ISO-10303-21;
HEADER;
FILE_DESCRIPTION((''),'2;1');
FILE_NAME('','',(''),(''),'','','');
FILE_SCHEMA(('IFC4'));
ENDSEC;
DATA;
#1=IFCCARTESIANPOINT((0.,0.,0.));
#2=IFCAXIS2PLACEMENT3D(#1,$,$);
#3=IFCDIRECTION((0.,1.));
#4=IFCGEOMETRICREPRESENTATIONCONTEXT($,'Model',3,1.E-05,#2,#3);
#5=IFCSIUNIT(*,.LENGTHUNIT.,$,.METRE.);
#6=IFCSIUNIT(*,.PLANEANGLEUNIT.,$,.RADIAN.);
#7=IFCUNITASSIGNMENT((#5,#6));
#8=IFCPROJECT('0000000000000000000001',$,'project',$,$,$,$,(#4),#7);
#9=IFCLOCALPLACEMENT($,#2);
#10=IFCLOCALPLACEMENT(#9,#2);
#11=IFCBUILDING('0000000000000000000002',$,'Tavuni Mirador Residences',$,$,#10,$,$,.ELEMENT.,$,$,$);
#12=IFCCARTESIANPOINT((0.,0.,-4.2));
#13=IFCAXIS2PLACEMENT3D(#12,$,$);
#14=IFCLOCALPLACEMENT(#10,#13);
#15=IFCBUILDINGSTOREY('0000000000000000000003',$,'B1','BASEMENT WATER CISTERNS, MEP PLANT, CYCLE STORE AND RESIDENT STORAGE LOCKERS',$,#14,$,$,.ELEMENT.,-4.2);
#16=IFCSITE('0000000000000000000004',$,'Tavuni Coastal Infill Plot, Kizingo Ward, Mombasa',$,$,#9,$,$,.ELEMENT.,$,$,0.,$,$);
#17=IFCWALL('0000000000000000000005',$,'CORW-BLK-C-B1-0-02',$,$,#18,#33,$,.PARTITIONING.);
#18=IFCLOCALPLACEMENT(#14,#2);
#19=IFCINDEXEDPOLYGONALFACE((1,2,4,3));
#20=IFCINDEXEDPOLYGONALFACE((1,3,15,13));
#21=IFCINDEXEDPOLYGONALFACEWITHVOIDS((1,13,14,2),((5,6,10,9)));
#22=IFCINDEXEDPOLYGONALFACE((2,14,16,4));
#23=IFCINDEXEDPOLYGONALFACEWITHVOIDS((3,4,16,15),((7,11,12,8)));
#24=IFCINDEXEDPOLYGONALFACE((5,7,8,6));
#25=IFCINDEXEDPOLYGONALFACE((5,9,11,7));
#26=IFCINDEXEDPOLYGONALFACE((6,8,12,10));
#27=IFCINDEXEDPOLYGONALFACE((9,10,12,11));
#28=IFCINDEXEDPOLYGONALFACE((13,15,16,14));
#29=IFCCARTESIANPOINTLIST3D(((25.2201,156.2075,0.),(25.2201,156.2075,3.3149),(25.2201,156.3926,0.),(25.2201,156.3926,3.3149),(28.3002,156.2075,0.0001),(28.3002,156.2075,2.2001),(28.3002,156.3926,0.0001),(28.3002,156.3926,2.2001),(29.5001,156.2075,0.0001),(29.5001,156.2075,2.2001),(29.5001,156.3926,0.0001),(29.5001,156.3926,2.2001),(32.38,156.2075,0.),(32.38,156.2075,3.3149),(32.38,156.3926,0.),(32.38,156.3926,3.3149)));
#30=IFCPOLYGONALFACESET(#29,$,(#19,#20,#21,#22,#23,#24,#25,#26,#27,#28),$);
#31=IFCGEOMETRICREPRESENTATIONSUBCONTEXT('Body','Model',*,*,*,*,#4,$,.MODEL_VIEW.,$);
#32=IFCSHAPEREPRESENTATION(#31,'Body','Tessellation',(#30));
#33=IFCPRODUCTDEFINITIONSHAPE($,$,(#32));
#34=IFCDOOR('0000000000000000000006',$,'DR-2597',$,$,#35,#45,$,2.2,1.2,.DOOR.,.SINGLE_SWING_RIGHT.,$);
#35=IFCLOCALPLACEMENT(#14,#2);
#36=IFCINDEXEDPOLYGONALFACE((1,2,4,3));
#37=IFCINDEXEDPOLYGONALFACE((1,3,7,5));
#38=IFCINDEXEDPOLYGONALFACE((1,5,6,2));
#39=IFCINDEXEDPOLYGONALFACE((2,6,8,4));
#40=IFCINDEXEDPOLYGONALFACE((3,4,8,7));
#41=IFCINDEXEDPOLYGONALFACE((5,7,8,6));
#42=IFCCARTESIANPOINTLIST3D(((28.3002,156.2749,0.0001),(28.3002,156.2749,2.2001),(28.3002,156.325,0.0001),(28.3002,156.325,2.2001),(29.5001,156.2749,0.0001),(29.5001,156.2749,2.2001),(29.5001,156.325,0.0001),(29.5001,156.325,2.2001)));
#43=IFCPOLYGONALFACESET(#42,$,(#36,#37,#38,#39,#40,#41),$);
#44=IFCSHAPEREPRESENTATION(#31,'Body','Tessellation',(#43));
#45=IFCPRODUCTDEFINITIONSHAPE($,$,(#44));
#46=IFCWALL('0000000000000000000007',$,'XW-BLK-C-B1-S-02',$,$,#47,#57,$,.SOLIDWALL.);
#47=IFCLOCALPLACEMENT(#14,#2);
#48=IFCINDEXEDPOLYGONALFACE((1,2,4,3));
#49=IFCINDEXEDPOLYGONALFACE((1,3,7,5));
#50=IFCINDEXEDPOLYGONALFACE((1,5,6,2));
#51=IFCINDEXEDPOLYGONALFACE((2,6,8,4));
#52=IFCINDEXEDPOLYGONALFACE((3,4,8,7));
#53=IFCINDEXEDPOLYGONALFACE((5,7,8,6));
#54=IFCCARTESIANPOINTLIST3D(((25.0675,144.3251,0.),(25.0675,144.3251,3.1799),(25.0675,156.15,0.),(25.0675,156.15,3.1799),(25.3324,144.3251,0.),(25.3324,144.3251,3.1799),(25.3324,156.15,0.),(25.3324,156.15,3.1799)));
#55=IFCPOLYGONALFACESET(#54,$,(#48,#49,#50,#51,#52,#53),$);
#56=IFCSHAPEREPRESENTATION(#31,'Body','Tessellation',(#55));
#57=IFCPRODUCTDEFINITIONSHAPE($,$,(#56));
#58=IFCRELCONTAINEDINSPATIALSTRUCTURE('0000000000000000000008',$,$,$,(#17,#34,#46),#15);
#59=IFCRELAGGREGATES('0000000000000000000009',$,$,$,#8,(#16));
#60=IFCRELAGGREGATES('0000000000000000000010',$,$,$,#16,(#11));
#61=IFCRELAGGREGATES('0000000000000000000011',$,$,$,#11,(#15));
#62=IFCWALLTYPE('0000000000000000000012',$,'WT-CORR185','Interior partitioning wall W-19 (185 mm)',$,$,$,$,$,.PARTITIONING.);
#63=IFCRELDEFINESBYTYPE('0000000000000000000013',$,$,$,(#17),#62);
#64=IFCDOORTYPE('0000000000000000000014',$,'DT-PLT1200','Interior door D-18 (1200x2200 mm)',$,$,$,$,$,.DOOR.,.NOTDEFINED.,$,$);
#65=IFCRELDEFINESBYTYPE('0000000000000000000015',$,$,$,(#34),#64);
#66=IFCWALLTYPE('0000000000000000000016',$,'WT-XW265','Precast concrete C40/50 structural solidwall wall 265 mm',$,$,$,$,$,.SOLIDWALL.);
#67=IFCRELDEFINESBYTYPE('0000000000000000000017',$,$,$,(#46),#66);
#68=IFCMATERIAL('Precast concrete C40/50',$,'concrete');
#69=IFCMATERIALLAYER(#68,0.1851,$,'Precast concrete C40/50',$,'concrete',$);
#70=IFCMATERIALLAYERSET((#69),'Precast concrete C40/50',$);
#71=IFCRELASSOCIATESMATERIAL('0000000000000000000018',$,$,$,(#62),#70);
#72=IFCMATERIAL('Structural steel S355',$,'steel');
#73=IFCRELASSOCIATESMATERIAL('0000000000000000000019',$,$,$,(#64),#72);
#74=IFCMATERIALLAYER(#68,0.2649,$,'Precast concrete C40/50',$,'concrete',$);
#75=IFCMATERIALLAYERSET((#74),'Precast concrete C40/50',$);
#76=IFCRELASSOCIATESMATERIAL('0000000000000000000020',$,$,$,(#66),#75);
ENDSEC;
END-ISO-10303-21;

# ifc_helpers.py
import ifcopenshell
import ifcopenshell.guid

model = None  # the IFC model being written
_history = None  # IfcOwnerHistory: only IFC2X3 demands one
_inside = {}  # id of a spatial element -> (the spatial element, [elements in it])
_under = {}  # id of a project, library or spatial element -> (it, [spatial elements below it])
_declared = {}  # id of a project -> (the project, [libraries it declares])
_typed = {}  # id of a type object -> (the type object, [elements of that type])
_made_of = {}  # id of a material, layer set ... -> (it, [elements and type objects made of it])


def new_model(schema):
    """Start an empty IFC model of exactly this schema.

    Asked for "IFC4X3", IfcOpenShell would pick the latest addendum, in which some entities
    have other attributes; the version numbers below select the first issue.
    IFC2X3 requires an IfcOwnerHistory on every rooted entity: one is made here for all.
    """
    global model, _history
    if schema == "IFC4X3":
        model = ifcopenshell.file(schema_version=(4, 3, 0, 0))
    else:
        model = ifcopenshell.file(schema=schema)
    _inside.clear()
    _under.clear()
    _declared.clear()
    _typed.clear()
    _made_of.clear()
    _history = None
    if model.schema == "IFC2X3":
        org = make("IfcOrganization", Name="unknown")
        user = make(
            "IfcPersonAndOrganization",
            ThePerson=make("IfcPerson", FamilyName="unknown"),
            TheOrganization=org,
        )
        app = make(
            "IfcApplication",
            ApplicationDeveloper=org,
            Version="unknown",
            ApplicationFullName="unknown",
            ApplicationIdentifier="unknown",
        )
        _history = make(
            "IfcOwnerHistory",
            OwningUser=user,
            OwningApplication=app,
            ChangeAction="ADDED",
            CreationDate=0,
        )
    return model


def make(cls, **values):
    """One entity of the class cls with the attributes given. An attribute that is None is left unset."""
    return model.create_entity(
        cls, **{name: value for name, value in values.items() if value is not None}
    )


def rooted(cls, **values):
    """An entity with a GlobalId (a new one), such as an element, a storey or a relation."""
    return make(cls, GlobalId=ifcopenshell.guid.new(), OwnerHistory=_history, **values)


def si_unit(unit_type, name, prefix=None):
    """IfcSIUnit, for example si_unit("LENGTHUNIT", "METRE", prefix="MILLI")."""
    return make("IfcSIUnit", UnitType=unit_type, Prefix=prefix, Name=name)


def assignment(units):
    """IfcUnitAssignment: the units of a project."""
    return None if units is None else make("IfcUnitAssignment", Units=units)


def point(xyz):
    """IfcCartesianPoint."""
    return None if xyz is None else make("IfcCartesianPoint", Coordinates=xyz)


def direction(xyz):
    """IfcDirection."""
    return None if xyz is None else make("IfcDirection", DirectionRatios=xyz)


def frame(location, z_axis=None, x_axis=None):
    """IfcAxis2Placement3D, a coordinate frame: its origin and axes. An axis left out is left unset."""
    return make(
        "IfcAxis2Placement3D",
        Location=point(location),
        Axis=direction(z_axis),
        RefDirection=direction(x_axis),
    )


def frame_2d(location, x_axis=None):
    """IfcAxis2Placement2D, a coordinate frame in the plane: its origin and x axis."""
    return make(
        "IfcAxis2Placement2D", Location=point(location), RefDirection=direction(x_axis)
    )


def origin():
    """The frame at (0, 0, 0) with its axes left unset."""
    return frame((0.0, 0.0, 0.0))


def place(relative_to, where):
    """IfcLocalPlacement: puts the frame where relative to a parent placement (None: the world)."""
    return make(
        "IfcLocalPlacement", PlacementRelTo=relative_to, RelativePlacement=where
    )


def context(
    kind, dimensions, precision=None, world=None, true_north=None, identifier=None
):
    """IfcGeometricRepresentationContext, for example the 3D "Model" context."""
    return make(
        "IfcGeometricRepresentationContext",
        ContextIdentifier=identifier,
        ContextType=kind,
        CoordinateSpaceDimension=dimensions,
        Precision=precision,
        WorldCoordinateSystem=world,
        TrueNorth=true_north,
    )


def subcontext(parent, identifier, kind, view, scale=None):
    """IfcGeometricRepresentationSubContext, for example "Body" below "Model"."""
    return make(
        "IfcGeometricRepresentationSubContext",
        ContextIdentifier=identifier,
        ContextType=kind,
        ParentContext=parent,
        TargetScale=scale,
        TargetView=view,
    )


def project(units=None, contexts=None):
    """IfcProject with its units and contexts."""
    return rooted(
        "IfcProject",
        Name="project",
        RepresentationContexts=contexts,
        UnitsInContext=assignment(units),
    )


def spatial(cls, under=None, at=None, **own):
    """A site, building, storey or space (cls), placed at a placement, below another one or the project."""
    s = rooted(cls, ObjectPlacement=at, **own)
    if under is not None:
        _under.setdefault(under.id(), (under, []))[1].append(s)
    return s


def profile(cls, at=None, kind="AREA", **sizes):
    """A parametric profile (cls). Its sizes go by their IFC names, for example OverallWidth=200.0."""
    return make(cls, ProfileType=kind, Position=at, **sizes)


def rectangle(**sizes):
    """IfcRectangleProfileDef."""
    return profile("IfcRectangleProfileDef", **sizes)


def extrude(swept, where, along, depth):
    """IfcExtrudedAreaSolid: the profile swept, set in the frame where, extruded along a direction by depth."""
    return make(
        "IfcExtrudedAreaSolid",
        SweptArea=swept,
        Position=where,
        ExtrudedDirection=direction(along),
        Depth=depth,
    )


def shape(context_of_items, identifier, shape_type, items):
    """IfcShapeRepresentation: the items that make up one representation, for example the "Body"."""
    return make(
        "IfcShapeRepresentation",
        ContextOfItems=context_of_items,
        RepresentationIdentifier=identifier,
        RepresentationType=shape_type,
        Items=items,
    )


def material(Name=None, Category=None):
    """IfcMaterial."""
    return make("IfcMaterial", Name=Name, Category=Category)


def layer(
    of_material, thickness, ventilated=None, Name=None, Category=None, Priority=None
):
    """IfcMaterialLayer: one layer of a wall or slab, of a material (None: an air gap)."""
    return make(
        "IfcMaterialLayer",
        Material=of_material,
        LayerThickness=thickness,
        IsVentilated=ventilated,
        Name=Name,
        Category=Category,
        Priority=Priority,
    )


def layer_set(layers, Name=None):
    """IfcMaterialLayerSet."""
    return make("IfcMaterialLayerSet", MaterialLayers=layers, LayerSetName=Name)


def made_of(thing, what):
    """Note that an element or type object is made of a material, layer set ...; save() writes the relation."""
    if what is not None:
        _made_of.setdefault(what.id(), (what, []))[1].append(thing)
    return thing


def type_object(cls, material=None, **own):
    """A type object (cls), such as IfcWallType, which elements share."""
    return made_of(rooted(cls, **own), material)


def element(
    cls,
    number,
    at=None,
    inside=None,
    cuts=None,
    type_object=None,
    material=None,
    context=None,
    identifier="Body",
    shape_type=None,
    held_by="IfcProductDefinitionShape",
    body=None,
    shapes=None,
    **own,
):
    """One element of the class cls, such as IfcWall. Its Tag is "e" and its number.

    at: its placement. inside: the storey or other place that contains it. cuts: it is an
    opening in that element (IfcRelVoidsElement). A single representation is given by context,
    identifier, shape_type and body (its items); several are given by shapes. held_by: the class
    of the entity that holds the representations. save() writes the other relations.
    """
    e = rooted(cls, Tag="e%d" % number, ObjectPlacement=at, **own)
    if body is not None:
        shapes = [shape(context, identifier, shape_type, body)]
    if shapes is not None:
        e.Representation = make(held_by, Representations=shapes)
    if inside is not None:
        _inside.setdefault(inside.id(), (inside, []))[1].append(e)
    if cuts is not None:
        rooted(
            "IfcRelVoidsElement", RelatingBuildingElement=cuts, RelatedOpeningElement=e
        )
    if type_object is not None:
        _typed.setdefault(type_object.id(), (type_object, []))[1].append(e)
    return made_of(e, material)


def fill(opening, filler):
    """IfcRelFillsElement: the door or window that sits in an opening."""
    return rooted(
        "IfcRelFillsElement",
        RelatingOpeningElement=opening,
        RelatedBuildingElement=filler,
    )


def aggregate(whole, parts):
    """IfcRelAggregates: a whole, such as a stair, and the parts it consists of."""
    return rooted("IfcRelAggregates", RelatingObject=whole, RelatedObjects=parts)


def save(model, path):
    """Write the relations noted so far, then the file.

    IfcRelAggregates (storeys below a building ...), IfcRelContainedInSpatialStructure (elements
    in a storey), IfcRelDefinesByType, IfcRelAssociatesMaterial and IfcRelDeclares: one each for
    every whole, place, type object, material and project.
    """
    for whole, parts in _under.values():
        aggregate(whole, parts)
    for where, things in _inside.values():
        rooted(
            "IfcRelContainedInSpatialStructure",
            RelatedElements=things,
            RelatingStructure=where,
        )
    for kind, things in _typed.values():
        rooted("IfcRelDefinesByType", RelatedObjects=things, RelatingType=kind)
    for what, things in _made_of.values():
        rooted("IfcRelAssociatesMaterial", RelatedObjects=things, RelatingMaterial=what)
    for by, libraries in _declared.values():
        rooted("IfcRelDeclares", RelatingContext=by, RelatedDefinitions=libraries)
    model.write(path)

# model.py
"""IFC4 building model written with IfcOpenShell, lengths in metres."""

from ifc_helpers import new_model, si_unit, direction, frame, frame_2d, origin, place, context, subcontext, project, spatial, rectangle, extrude, material, layer, layer_set, type_object, element, fill, save


model = new_model("IFC4")

# Units and contexts
model_context = context("Model", 3, precision=1e-05, world=origin(), true_north=direction((0.0, 1.0)))
body_context = subcontext(model_context, "Body", "Model", "MODEL_VIEW")
ifc_project = project(units=[si_unit("LENGTHUNIT", "METRE"), si_unit("PLANEANGLEUNIT", "RADIAN")], contexts=[model_context])

# Site, building, storey
site_placement = place(None, origin())
site = spatial("IfcSite", under=ifc_project, at=site_placement, Name="Tavuni Coastal Infill Plot, Kizingo Ward, Mombasa", CompositionType="ELEMENT", RefElevation=0.0)
building_placement = place(site_placement, origin())
building = spatial("IfcBuilding", under=site, at=building_placement, Name="Tavuni Mirador Residences", CompositionType="ELEMENT")
storey_placement = place(building_placement, frame((0.0, 0.0, -4.2)))
storey = spatial("IfcBuildingStorey", under=building, at=storey_placement, Name="B1", Description="BASEMENT WATER CISTERNS, MEP PLANT, CYCLE STORE AND RESIDENT STORAGE LOCKERS", CompositionType="ELEMENT", Elevation=-4.2)

# Shared definitions
ifc_material_1 = material(Name="Precast concrete C40/50", Category="concrete")

# Wall, opening, door
ifc_layer_1 = layer(ifc_material_1, 0.1851, Name="Precast concrete C40/50", Category="concrete")
ifc_layer_set_1 = layer_set([ifc_layer_1], Name="Precast concrete C40/50")
wall_type_1 = type_object("IfcWallType", Name="WT-CORR185", Description="Interior partitioning wall W-19 (185 mm)", PredefinedType="PARTITIONING", material=ifc_layer_set_1)
ifc_material_2 = material(Name="Structural steel S355", Category="steel")
door_type = type_object("IfcDoorType", Name="DT-PLT1200", Description="Interior door D-18 (1200x2200 mm)", OperationType="NOTDEFINED", PredefinedType="DOOR", material=ifc_material_2)
wall_1_placement = place(storey_placement, frame((25.22, 156.3, 0.0), z_axis=(0.0, 0.0, 1.0), x_axis=(1.0, 0.0, 0.0)))
wall_1 = element("IfcWall", 1, at=wall_1_placement, inside=storey, type_object=wall_type_1, Name="CORW-BLK-C-B1-0-02", PredefinedType="PARTITIONING", context=body_context, shape_type="SweptSolid", body=[
    extrude(rectangle(XDim=7.1599, YDim=0.1851, at=frame_2d((3.5801, 0.0))), origin(), (0.0, 0.0, 1.0), 3.3149),
])
opening_1_placement = place(wall_1_placement, frame((3.0801, 0.0, 0.0)))
opening_1 = element("IfcOpeningElement", 2, at=opening_1_placement, cuts=wall_1, PredefinedType="OPENING", context=body_context, shape_type="SweptSolid", body=[
    extrude(rectangle(XDim=1.2, YDim=2.2, at=frame_2d((0.6001, 1.1001))), frame((0.0, 0.1025, 0.0), z_axis=(0.0, -1.0, 0.0), x_axis=(1.0, 0.0, 0.0)), (0.0, 0.0, 1.0), 0.2051),
])
door_1_placement = place(opening_1_placement, origin())
door_1 = element("IfcDoor", 3, at=door_1_placement, inside=storey, type_object=door_type, Name="DR-2597", OperationType="SINGLE_SWING_RIGHT", OverallHeight=2.2, OverallWidth=1.2, PredefinedType="DOOR", context=body_context, shape_type="SweptSolid", body=[
    extrude(rectangle(XDim=1.2, YDim=2.2, at=frame_2d((0.6001, 1.1001))), frame((0.0, 0.0249, 0.0), z_axis=(0.0, -1.0, 0.0), x_axis=(1.0, 0.0, 0.0)), (0.0, 0.0, 1.0), 0.05),
])
fill(opening_1, door_1)

# Wall
ifc_layer_2 = layer(ifc_material_1, 0.2649, Name="Precast concrete C40/50", Category="concrete")
ifc_layer_set_2 = layer_set([ifc_layer_2], Name="Precast concrete C40/50")
wall_type_2 = type_object("IfcWallType", Name="WT-XW265", Description="Precast concrete C40/50 structural solidwall wall 265 mm", PredefinedType="SOLIDWALL", material=ifc_layer_set_2)
wall_2_placement = place(storey_placement, frame((25.2, 144.325, 0.0), z_axis=(0.0, 0.0, 1.0), x_axis=(0.0, 1.0, 0.0)))
element("IfcWall", 4, at=wall_2_placement, inside=storey, type_object=wall_type_2, Name="XW-BLK-C-B1-S-02", PredefinedType="SOLIDWALL", context=body_context, shape_type="SweptSolid", body=[
    extrude(rectangle(XDim=11.825, YDim=0.2649, at=frame_2d((5.9126, 0.0))), origin(), (0.0, 0.0, 1.0), 3.1799),
])

save(model, "model.ifc")
